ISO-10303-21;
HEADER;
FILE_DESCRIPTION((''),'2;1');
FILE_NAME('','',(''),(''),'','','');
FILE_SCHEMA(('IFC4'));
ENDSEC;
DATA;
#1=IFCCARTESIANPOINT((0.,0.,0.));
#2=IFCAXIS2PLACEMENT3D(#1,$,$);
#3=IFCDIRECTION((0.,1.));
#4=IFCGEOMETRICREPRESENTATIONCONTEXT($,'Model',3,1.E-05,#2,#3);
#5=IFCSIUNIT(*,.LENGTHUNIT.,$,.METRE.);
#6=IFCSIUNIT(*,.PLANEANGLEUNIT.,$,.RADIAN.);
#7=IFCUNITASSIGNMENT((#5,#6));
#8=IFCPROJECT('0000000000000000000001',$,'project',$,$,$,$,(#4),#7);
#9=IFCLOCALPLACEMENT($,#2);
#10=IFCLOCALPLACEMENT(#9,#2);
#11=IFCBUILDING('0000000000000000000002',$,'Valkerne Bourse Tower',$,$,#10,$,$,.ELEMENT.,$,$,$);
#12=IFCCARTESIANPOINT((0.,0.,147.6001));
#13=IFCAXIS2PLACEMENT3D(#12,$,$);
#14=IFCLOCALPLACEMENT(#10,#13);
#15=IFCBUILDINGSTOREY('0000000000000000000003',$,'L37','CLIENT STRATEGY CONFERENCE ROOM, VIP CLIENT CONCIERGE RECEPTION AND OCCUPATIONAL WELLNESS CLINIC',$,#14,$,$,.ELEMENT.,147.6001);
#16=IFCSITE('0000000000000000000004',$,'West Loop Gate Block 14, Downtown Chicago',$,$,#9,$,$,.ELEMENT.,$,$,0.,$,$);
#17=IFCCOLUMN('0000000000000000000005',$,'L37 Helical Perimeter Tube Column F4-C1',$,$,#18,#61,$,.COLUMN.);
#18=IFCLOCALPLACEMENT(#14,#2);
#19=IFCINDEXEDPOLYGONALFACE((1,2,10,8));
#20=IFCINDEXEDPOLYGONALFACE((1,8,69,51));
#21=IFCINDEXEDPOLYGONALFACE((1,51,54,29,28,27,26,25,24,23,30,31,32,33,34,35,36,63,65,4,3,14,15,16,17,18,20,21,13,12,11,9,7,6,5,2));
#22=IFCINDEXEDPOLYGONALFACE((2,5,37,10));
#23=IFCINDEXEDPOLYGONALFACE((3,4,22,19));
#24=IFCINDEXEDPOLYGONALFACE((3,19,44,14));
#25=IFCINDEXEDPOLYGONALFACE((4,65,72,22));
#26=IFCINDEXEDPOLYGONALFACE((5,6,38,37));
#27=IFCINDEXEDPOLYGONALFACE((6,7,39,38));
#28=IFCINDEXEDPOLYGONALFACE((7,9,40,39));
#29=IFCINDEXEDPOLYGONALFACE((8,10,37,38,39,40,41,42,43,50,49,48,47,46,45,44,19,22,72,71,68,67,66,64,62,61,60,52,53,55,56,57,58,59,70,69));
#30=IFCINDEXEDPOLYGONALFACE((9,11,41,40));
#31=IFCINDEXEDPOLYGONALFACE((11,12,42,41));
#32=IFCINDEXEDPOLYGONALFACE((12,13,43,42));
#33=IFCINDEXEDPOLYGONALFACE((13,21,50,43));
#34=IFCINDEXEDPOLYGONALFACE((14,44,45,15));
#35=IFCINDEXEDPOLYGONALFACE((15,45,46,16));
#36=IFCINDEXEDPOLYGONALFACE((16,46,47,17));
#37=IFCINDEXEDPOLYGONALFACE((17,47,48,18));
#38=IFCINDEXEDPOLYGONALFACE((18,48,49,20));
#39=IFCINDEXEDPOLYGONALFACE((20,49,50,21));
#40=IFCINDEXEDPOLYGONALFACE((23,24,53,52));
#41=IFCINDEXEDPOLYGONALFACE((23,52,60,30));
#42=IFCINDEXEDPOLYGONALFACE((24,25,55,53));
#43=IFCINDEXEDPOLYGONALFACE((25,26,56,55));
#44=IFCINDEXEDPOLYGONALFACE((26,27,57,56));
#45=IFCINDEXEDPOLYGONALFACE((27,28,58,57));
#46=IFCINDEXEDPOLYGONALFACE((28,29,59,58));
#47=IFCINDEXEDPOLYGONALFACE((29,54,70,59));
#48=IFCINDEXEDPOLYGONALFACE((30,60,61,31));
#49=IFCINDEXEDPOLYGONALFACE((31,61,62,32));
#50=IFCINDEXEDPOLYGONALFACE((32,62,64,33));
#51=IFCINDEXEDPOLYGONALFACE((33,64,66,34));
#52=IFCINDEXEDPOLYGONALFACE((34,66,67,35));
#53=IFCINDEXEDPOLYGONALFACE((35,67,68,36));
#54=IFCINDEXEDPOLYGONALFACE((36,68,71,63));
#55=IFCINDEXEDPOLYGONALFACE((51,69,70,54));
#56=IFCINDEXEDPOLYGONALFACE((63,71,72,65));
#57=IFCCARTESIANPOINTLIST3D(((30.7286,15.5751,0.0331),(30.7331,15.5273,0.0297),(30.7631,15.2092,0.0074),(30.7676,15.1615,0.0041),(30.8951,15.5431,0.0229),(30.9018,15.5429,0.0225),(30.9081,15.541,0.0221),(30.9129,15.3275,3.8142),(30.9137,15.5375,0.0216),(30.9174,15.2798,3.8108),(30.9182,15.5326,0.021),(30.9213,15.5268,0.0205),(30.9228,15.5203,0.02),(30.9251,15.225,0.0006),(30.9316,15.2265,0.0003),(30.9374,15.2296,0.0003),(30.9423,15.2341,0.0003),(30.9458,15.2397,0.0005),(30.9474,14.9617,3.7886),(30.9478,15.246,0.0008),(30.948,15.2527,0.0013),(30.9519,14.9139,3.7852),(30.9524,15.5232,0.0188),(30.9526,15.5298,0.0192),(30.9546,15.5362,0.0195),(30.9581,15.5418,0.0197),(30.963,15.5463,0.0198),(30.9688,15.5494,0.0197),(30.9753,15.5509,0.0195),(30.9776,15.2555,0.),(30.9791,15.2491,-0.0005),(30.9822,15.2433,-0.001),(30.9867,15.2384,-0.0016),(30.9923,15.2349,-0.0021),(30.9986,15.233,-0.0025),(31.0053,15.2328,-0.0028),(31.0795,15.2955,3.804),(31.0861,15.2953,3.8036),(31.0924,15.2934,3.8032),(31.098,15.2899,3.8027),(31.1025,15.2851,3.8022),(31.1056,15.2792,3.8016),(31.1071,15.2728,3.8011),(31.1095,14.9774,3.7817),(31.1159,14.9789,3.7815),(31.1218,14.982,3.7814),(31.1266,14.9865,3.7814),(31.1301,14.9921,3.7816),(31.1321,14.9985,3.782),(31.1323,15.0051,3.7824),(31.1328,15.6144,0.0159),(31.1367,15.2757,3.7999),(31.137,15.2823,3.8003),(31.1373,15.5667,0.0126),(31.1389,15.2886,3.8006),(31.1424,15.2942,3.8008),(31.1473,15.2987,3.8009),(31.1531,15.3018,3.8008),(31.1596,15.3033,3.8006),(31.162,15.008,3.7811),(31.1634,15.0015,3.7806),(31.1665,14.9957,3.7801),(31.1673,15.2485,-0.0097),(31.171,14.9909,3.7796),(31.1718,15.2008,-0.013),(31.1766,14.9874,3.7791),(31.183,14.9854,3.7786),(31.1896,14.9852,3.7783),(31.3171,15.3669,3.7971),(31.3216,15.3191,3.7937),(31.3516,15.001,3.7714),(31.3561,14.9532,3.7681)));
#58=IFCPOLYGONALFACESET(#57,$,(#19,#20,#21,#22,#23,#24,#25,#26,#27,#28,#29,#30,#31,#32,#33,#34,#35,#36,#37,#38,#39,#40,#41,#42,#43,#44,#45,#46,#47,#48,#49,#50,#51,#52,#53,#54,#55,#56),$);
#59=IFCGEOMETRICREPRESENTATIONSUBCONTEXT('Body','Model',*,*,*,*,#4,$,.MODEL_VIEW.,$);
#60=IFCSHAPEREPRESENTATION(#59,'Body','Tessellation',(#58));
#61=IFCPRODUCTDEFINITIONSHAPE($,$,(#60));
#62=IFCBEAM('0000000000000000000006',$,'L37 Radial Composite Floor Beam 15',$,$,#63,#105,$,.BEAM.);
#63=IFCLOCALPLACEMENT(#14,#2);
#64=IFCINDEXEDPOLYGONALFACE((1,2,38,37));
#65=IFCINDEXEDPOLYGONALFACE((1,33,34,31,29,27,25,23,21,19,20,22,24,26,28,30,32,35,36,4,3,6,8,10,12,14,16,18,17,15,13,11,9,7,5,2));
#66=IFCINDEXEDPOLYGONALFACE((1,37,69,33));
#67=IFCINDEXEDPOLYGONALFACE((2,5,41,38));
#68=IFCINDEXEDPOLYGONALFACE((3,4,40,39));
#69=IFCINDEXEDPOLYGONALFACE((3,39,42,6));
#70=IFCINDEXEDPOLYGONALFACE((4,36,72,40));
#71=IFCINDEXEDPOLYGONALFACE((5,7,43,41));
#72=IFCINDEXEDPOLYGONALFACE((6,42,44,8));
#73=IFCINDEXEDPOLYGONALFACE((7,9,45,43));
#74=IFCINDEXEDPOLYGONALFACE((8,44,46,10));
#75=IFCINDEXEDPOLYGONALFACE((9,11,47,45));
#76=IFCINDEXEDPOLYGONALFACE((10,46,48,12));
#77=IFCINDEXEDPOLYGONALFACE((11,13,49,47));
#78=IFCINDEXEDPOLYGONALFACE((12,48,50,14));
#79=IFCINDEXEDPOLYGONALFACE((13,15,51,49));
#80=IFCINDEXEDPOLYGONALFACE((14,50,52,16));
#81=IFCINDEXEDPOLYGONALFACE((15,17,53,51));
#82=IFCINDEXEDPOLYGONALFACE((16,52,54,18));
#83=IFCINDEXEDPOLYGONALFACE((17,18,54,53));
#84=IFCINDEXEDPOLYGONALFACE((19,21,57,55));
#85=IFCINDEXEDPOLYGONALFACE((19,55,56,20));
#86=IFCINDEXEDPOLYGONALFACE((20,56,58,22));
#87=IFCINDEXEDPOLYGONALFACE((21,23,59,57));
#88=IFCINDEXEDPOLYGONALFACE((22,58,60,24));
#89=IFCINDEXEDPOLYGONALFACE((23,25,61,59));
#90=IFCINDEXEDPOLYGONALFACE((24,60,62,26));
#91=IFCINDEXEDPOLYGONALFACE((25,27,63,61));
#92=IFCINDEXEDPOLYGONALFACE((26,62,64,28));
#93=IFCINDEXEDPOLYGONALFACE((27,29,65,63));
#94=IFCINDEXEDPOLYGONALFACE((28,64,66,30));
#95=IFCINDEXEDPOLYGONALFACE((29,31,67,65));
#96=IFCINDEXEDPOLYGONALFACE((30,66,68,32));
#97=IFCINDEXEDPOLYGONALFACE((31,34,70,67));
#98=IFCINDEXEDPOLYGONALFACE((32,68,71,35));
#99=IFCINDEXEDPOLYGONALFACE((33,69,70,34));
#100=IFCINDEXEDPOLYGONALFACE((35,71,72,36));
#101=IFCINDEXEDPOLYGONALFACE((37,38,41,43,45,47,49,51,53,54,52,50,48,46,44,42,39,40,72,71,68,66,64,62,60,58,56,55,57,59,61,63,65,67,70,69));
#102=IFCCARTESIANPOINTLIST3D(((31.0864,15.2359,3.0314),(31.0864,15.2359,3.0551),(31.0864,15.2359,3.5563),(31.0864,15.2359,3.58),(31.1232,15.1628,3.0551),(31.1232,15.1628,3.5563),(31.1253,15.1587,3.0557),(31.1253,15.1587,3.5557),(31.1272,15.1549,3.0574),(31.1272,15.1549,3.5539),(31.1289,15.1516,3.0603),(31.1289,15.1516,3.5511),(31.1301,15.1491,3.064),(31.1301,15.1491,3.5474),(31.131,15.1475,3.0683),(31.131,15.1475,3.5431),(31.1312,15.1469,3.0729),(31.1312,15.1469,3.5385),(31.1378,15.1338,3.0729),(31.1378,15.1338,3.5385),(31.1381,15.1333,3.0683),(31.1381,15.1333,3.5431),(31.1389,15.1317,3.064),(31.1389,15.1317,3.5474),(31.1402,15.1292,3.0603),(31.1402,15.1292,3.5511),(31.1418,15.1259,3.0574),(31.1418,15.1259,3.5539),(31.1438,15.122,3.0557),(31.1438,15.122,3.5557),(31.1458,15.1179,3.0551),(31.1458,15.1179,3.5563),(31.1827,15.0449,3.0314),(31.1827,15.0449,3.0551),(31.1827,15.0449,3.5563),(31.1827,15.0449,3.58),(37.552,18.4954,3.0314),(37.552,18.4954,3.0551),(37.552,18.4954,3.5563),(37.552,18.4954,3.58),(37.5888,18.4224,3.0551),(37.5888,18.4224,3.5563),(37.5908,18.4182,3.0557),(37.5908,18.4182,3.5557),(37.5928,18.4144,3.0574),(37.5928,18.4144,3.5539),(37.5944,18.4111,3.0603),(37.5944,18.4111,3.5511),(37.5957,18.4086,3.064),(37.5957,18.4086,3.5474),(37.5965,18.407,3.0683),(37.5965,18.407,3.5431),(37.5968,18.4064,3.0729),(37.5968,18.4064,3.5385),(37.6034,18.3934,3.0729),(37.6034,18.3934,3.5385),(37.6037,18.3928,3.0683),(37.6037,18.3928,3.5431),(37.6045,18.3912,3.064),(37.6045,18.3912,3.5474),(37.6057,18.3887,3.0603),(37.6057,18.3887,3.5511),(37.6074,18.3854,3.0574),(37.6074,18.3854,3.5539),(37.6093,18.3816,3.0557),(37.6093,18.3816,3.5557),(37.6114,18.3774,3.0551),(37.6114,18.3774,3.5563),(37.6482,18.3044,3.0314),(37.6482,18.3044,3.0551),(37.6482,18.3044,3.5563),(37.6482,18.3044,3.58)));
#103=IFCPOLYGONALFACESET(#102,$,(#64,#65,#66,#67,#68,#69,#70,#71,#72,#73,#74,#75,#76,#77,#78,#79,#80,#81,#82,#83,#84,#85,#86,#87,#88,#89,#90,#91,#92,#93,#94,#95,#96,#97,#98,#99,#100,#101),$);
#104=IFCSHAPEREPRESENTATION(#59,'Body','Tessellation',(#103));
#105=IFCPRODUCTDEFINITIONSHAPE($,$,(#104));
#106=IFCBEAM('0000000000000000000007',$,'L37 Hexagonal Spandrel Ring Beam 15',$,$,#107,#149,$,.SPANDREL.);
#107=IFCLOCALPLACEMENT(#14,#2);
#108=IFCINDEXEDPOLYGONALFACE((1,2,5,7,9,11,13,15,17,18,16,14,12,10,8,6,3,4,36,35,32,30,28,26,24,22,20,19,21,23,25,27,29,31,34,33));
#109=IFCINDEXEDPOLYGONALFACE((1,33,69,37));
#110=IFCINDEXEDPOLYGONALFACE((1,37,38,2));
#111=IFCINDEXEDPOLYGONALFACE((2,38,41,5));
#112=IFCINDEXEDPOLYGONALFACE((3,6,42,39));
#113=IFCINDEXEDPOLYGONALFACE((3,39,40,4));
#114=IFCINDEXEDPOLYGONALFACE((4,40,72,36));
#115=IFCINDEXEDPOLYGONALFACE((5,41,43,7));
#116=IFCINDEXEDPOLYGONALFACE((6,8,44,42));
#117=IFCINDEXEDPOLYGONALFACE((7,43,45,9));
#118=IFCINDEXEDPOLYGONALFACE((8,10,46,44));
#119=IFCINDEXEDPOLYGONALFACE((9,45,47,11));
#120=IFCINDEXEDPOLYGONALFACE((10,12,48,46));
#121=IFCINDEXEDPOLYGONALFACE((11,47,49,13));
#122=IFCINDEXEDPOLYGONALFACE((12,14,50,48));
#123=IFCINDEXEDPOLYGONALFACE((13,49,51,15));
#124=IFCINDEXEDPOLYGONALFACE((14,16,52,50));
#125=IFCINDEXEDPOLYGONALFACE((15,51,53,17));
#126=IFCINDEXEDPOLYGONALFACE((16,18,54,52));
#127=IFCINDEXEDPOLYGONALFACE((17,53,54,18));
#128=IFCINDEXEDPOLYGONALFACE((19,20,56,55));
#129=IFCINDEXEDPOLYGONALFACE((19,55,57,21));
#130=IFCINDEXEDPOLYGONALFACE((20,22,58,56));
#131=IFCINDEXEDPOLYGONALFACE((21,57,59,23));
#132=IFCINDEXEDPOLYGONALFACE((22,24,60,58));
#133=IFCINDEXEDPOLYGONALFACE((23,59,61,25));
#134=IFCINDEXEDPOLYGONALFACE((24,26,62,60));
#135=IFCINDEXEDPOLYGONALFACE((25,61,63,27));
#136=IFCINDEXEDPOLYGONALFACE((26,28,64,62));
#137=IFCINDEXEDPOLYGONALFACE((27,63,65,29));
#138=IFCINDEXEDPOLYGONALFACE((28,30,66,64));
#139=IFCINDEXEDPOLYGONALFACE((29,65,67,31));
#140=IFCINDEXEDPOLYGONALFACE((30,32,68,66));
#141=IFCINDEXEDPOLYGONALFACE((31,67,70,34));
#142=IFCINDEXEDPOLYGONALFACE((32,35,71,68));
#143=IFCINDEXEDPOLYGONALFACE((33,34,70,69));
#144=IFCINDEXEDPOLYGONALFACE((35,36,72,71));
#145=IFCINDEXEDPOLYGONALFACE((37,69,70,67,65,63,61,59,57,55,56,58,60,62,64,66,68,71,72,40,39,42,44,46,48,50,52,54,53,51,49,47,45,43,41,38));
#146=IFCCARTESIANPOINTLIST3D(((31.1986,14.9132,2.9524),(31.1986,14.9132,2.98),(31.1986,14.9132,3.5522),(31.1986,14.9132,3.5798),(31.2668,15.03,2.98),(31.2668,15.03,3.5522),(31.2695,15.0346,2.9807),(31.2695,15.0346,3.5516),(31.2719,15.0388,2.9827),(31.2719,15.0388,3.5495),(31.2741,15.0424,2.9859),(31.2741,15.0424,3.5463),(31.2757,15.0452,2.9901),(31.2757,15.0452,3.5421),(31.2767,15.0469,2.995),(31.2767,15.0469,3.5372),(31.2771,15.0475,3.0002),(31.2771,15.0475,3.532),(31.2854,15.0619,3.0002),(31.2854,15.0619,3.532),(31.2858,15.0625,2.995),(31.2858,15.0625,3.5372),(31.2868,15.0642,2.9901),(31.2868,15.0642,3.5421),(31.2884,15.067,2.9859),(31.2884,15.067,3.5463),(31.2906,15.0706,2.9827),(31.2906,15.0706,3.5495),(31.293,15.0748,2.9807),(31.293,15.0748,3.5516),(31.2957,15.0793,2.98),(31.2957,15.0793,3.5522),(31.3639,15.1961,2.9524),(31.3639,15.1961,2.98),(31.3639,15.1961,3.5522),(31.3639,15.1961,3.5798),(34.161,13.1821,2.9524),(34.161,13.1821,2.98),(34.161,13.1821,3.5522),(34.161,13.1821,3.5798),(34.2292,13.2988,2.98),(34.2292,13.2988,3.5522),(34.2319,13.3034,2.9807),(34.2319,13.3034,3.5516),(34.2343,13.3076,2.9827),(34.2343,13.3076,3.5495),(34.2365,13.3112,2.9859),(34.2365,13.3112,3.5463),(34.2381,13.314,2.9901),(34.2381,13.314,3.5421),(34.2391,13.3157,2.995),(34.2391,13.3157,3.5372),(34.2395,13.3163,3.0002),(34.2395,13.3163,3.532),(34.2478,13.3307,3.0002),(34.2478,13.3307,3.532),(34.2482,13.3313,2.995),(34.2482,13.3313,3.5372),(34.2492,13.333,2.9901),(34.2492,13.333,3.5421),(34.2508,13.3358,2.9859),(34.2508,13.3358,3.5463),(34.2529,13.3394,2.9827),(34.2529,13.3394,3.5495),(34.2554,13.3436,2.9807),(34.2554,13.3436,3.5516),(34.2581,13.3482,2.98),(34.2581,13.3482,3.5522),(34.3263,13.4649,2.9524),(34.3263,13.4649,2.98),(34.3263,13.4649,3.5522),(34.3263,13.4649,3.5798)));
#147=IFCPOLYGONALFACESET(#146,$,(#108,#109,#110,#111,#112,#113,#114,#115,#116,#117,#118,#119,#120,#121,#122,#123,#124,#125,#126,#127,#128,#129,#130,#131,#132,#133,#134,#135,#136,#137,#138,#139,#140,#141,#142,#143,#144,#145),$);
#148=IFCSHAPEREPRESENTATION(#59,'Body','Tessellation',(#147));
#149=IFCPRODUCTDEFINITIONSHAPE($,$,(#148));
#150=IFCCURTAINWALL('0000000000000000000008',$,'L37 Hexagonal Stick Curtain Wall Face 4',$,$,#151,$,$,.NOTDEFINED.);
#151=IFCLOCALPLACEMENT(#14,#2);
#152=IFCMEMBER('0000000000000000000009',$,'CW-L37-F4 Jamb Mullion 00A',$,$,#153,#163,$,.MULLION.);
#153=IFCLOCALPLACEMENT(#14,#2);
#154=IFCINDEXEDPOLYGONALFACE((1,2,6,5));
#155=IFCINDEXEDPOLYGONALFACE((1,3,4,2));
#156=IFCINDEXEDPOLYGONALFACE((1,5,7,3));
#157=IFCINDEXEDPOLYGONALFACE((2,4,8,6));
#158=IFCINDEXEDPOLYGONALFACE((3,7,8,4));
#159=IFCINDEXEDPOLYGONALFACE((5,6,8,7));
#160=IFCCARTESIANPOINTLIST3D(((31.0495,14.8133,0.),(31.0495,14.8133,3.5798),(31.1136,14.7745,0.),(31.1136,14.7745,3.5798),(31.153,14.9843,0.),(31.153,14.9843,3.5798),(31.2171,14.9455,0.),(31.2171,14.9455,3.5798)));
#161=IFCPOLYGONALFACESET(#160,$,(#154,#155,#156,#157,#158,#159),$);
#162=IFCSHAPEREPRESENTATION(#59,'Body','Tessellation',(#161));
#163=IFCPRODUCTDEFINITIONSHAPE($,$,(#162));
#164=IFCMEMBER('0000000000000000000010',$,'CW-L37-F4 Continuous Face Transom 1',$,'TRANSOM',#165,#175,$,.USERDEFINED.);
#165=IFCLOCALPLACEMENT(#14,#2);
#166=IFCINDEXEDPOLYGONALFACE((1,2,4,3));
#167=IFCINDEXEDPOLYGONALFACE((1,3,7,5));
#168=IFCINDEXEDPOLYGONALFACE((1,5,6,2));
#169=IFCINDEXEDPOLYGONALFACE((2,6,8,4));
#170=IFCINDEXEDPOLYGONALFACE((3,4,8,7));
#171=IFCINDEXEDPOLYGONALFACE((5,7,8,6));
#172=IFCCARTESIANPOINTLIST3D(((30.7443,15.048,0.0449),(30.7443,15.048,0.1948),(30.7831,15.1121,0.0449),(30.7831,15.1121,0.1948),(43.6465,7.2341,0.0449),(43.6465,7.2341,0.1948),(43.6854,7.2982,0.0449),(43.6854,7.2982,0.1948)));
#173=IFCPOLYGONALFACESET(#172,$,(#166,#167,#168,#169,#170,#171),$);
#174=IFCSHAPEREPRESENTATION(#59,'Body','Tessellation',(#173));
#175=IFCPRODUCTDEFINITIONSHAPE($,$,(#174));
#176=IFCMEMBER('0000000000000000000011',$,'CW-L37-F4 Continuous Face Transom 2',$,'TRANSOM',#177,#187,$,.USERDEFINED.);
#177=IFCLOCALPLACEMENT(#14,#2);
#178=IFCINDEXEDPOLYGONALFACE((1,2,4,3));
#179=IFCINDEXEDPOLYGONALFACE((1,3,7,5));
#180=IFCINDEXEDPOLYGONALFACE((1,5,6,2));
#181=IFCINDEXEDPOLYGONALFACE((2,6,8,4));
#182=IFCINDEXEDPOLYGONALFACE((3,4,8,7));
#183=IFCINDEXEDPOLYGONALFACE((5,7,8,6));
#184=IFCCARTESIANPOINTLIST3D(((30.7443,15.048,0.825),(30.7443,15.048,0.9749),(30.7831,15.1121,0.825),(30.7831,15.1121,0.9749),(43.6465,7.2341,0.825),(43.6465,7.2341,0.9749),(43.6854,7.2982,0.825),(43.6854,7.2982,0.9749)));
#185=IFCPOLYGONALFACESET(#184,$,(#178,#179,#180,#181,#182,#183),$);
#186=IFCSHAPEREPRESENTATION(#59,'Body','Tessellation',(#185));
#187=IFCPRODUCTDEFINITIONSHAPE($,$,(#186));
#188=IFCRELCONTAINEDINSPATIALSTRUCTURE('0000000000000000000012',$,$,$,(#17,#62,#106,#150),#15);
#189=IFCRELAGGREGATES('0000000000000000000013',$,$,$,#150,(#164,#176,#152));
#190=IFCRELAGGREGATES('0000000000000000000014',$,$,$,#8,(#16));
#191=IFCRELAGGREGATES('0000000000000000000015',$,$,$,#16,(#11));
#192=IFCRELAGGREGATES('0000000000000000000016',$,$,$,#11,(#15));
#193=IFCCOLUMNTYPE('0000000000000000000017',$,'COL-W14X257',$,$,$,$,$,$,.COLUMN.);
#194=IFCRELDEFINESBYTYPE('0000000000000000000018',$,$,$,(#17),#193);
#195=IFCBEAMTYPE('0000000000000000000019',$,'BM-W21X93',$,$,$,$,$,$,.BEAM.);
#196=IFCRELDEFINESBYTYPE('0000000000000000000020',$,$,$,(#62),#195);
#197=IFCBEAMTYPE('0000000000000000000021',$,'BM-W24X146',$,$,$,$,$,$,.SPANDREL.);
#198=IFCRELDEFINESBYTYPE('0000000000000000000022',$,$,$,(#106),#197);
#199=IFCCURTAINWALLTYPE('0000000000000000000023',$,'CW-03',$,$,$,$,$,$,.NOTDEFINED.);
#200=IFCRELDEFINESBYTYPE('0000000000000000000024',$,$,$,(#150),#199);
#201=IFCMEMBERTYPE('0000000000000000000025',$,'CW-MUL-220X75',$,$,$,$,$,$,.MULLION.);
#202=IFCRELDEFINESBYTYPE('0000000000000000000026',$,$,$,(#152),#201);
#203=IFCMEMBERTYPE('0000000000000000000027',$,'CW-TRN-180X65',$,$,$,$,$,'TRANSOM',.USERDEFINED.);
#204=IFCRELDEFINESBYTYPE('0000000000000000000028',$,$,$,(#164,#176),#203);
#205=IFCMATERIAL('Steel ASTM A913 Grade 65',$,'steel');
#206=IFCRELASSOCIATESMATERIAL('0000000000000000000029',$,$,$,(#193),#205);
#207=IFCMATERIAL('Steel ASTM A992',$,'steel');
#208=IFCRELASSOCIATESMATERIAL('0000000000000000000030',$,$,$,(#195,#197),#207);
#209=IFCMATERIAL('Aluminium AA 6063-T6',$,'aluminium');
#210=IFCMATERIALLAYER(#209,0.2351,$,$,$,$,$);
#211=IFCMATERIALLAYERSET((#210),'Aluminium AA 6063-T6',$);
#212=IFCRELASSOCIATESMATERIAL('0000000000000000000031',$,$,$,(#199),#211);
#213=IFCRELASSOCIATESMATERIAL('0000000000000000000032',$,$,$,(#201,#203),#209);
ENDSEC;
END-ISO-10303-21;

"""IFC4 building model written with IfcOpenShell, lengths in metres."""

from ifc_helpers import new_model, si_unit, direction, frame, origin, origin_2d, place, context, subcontext, project, spatial, rectangle, i_section, extrude, material, layer, layer_set, material_profile, profile_set, type_object, element, aggregate, save


model = new_model("IFC4")

# Units and contexts
model_context = context("Model", 3, precision=1e-05, world=origin(), true_north=direction((0.0, 1.0)))
body_context = subcontext(model_context, "Body", "Model", "MODEL_VIEW")
ifc_project = project(units=[si_unit("LENGTHUNIT", "METRE"), si_unit("PLANEANGLEUNIT", "RADIAN")], contexts=[model_context])

# Site, building, storey
site_placement = place(None, origin())
site = spatial("IfcSite", under=ifc_project, at=site_placement, Name="West Loop Gate Block 14, Downtown Chicago", CompositionType="ELEMENT", RefElevation=0.0)
building_placement = place(site_placement, origin())
building = spatial("IfcBuilding", under=site, at=building_placement, Name="Valkerne Bourse Tower", CompositionType="ELEMENT")
storey_placement = place(building_placement, frame((0.0, 0.0, 147.6001)))
storey = spatial("IfcBuildingStorey", under=building, at=storey_placement, Name="L37", Description="CLIENT STRATEGY CONFERENCE ROOM, VIP CLIENT CONCIERGE RECEPTION AND OCCUPATIONAL WELLNESS CLINIC", CompositionType="ELEMENT", Elevation=147.6001)

# Column
ifc_material_1 = material(Name="Steel ASTM A913 Grade 65", Category="steel")
ifc_material_profile_1 = material_profile(ifc_material_1, i_section(OverallWidth=0.4065, OverallDepth=0.4165, WebThickness=0.0298, FlangeThickness=0.0481, FilletRadius=0.0254, at=origin_2d()), Name="W14X257")
ifc_profile_set_1 = profile_set([ifc_material_profile_1], Name="Steel ASTM A913 Grade 65")
column_type = type_object("IfcColumnType", Name="COL-W14X257", PredefinedType="COLUMN", material=ifc_profile_set_1)
column_placement = place(storey_placement, frame((30.9502, 15.3879, 0.01), z_axis=(0.048589, -0.065257, 0.996685), x_axis=(0.99442, 0.09671, -0.042146)))
element("IfcColumn", 1, at=column_placement, inside=storey, type_object=column_type, Name="L37 Helical Perimeter Tube Column F4-C1", PredefinedType="COLUMN", context=body_context, shape_type="SweptSolid", body=[
    extrude(i_section(OverallWidth=0.4065, OverallDepth=0.4165, WebThickness=0.0298, FlangeThickness=0.0481, FilletRadius=0.0254, at=origin_2d()), origin(), (0.0, 0.0, 1.0), 3.7937),
])

# Beams
ifc_material_2 = material(Name="Steel ASTM A992", Category="steel")
ifc_material_profile_2 = material_profile(ifc_material_2, i_section(OverallWidth=0.2139, OverallDepth=0.5486, WebThickness=0.0146, FlangeThickness=0.0237, FilletRadius=0.0178, at=origin_2d()), Name="W21X93")
ifc_profile_set_2 = profile_set([ifc_material_profile_2], Name="Steel ASTM A992")
beam_type_1 = type_object("IfcBeamType", Name="BM-W21X93", PredefinedType="BEAM", material=ifc_profile_set_2)
beam_1_placement = place(storey_placement, frame((31.1345, 15.1404, 3.3057), z_axis=(0.892945, 0.450165, 0.0), x_axis=(-0.450165, 0.892945, 0.0)))
element("IfcBeam", 2, at=beam_1_placement, inside=storey, type_object=beam_type_1, Name="L37 Radial Composite Floor Beam 15", PredefinedType="BEAM", context=body_context, shape_type="SweptSolid", body=[
    extrude(i_section(OverallWidth=0.2139, OverallDepth=0.5486, WebThickness=0.0146, FlangeThickness=0.0237, FilletRadius=0.0178, at=origin_2d()), origin(), (0.0, 0.0, 1.0), 7.2407),
])
ifc_material_profile_3 = material_profile(ifc_material_2, i_section(OverallWidth=0.3276, OverallDepth=0.6274, WebThickness=0.0166, FlangeThickness=0.0276, FilletRadius=0.0203, at=origin_2d()), Name="W24X146")
ifc_profile_set_3 = profile_set([ifc_material_profile_3], Name="Steel ASTM A992")
beam_type_2 = type_object("IfcBeamType", Name="BM-W24X146", PredefinedType="SPANDREL", material=ifc_profile_set_3)
beam_2_placement = place(storey_placement, frame((31.2812, 15.0547, 3.2661), z_axis=(0.863381, -0.504552, 0.0), x_axis=(0.504552, 0.863381, 0.0)))
element("IfcBeam", 3, at=beam_2_placement, inside=storey, type_object=beam_type_2, Name="L37 Hexagonal Spandrel Ring Beam 15", PredefinedType="SPANDREL", context=body_context, shape_type="SweptSolid", body=[
    extrude(i_section(OverallWidth=0.3276, OverallDepth=0.6274, WebThickness=0.0166, FlangeThickness=0.0276, FilletRadius=0.0203, at=origin_2d()), origin(), (0.0, 0.0, 1.0), 3.4312),
])

# Curtain wall, members
ifc_material_3 = material(Name="Aluminium AA 6063-T6", Category="aluminium")
ifc_layer_1 = layer(ifc_material_3, 0.2351)
ifc_layer_set_1 = layer_set([ifc_layer_1], Name="Aluminium AA 6063-T6")
curtain_wall_type = type_object("IfcCurtainWallType", Name="CW-03", PredefinedType="NOTDEFINED", material=ifc_layer_set_1)
curtain_wall_placement = place(storey_placement, origin())
curtain_wall = element("IfcCurtainWall", 4, at=curtain_wall_placement, inside=storey, type_object=curtain_wall_type, Name="L37 Hexagonal Stick Curtain Wall Face 4", PredefinedType="NOTDEFINED")
ifc_material_profile_4 = material_profile(ifc_material_3, rectangle(XDim=0.075, YDim=0.2, at=origin_2d()), Name="CWM-75X200")
ifc_profile_set_4 = profile_set([ifc_material_profile_4], Name="Aluminium AA 6063-T6")
member_type_1 = type_object("IfcMemberType", Name="CW-MUL-220X75", PredefinedType="MULLION", material=ifc_profile_set_4)
member_1_placement = place(storey_placement, frame((31.1333, 14.8794, 0.0), z_axis=(0.0, 0.0, 1.0), x_axis=(0.855356, -0.51804, 0.0)))
member_1 = element("IfcMember", 5, at=member_1_placement, type_object=member_type_1, Name="CW-L37-F4 Jamb Mullion 00A", PredefinedType="MULLION", context=body_context, shape_type="SweptSolid", body=[
    extrude(rectangle(XDim=0.075, YDim=0.2, at=origin_2d()), origin(), (0.0, 0.0, 1.0), 3.5798),
])
ifc_material_profile_5 = material_profile(ifc_material_3, rectangle(XDim=0.075, YDim=0.1499, at=origin_2d()), Name="CWT-75X150")
ifc_profile_set_5 = profile_set([ifc_material_profile_5], Name="Aluminium AA 6063-T6")
member_type_2 = type_object("IfcMemberType", Name="CW-TRN-180X65", ElementType="TRANSOM", PredefinedType="USERDEFINED", material=ifc_profile_set_5)
member_2_placement = place(storey_placement, frame((30.7637, 15.0801, 0.1199), z_axis=(0.855363, -0.518028, 0.0), x_axis=(0.518028, 0.855363, 0.0)))
member_2 = element("IfcMember", 6, at=member_2_placement, type_object=member_type_2, Name="CW-L37-F4 Continuous Face Transom 1", ObjectType="TRANSOM", PredefinedType="USERDEFINED", context=body_context, shape_type="SweptSolid", body=[
    extrude(rectangle(XDim=0.075, YDim=0.1499, at=origin_2d()), origin(), (0.0, 0.0, 1.0), 15.084),
])
member_3_placement = place(storey_placement, frame((30.7637, 15.0801, 0.8999), z_axis=(0.855363, -0.518028, 0.0), x_axis=(0.518028, 0.855363, 0.0)))
member_3 = element("IfcMember", 7, at=member_3_placement, type_object=member_type_2, Name="CW-L37-F4 Continuous Face Transom 2", ObjectType="TRANSOM", PredefinedType="USERDEFINED", context=body_context, shape_type="SweptSolid", body=[
    extrude(rectangle(XDim=0.075, YDim=0.1499, at=origin_2d()), origin(), (0.0, 0.0, 1.0), 15.084),
])

aggregate(curtain_wall, [member_2, member_3, member_1])

save(model, "model.ifc")
